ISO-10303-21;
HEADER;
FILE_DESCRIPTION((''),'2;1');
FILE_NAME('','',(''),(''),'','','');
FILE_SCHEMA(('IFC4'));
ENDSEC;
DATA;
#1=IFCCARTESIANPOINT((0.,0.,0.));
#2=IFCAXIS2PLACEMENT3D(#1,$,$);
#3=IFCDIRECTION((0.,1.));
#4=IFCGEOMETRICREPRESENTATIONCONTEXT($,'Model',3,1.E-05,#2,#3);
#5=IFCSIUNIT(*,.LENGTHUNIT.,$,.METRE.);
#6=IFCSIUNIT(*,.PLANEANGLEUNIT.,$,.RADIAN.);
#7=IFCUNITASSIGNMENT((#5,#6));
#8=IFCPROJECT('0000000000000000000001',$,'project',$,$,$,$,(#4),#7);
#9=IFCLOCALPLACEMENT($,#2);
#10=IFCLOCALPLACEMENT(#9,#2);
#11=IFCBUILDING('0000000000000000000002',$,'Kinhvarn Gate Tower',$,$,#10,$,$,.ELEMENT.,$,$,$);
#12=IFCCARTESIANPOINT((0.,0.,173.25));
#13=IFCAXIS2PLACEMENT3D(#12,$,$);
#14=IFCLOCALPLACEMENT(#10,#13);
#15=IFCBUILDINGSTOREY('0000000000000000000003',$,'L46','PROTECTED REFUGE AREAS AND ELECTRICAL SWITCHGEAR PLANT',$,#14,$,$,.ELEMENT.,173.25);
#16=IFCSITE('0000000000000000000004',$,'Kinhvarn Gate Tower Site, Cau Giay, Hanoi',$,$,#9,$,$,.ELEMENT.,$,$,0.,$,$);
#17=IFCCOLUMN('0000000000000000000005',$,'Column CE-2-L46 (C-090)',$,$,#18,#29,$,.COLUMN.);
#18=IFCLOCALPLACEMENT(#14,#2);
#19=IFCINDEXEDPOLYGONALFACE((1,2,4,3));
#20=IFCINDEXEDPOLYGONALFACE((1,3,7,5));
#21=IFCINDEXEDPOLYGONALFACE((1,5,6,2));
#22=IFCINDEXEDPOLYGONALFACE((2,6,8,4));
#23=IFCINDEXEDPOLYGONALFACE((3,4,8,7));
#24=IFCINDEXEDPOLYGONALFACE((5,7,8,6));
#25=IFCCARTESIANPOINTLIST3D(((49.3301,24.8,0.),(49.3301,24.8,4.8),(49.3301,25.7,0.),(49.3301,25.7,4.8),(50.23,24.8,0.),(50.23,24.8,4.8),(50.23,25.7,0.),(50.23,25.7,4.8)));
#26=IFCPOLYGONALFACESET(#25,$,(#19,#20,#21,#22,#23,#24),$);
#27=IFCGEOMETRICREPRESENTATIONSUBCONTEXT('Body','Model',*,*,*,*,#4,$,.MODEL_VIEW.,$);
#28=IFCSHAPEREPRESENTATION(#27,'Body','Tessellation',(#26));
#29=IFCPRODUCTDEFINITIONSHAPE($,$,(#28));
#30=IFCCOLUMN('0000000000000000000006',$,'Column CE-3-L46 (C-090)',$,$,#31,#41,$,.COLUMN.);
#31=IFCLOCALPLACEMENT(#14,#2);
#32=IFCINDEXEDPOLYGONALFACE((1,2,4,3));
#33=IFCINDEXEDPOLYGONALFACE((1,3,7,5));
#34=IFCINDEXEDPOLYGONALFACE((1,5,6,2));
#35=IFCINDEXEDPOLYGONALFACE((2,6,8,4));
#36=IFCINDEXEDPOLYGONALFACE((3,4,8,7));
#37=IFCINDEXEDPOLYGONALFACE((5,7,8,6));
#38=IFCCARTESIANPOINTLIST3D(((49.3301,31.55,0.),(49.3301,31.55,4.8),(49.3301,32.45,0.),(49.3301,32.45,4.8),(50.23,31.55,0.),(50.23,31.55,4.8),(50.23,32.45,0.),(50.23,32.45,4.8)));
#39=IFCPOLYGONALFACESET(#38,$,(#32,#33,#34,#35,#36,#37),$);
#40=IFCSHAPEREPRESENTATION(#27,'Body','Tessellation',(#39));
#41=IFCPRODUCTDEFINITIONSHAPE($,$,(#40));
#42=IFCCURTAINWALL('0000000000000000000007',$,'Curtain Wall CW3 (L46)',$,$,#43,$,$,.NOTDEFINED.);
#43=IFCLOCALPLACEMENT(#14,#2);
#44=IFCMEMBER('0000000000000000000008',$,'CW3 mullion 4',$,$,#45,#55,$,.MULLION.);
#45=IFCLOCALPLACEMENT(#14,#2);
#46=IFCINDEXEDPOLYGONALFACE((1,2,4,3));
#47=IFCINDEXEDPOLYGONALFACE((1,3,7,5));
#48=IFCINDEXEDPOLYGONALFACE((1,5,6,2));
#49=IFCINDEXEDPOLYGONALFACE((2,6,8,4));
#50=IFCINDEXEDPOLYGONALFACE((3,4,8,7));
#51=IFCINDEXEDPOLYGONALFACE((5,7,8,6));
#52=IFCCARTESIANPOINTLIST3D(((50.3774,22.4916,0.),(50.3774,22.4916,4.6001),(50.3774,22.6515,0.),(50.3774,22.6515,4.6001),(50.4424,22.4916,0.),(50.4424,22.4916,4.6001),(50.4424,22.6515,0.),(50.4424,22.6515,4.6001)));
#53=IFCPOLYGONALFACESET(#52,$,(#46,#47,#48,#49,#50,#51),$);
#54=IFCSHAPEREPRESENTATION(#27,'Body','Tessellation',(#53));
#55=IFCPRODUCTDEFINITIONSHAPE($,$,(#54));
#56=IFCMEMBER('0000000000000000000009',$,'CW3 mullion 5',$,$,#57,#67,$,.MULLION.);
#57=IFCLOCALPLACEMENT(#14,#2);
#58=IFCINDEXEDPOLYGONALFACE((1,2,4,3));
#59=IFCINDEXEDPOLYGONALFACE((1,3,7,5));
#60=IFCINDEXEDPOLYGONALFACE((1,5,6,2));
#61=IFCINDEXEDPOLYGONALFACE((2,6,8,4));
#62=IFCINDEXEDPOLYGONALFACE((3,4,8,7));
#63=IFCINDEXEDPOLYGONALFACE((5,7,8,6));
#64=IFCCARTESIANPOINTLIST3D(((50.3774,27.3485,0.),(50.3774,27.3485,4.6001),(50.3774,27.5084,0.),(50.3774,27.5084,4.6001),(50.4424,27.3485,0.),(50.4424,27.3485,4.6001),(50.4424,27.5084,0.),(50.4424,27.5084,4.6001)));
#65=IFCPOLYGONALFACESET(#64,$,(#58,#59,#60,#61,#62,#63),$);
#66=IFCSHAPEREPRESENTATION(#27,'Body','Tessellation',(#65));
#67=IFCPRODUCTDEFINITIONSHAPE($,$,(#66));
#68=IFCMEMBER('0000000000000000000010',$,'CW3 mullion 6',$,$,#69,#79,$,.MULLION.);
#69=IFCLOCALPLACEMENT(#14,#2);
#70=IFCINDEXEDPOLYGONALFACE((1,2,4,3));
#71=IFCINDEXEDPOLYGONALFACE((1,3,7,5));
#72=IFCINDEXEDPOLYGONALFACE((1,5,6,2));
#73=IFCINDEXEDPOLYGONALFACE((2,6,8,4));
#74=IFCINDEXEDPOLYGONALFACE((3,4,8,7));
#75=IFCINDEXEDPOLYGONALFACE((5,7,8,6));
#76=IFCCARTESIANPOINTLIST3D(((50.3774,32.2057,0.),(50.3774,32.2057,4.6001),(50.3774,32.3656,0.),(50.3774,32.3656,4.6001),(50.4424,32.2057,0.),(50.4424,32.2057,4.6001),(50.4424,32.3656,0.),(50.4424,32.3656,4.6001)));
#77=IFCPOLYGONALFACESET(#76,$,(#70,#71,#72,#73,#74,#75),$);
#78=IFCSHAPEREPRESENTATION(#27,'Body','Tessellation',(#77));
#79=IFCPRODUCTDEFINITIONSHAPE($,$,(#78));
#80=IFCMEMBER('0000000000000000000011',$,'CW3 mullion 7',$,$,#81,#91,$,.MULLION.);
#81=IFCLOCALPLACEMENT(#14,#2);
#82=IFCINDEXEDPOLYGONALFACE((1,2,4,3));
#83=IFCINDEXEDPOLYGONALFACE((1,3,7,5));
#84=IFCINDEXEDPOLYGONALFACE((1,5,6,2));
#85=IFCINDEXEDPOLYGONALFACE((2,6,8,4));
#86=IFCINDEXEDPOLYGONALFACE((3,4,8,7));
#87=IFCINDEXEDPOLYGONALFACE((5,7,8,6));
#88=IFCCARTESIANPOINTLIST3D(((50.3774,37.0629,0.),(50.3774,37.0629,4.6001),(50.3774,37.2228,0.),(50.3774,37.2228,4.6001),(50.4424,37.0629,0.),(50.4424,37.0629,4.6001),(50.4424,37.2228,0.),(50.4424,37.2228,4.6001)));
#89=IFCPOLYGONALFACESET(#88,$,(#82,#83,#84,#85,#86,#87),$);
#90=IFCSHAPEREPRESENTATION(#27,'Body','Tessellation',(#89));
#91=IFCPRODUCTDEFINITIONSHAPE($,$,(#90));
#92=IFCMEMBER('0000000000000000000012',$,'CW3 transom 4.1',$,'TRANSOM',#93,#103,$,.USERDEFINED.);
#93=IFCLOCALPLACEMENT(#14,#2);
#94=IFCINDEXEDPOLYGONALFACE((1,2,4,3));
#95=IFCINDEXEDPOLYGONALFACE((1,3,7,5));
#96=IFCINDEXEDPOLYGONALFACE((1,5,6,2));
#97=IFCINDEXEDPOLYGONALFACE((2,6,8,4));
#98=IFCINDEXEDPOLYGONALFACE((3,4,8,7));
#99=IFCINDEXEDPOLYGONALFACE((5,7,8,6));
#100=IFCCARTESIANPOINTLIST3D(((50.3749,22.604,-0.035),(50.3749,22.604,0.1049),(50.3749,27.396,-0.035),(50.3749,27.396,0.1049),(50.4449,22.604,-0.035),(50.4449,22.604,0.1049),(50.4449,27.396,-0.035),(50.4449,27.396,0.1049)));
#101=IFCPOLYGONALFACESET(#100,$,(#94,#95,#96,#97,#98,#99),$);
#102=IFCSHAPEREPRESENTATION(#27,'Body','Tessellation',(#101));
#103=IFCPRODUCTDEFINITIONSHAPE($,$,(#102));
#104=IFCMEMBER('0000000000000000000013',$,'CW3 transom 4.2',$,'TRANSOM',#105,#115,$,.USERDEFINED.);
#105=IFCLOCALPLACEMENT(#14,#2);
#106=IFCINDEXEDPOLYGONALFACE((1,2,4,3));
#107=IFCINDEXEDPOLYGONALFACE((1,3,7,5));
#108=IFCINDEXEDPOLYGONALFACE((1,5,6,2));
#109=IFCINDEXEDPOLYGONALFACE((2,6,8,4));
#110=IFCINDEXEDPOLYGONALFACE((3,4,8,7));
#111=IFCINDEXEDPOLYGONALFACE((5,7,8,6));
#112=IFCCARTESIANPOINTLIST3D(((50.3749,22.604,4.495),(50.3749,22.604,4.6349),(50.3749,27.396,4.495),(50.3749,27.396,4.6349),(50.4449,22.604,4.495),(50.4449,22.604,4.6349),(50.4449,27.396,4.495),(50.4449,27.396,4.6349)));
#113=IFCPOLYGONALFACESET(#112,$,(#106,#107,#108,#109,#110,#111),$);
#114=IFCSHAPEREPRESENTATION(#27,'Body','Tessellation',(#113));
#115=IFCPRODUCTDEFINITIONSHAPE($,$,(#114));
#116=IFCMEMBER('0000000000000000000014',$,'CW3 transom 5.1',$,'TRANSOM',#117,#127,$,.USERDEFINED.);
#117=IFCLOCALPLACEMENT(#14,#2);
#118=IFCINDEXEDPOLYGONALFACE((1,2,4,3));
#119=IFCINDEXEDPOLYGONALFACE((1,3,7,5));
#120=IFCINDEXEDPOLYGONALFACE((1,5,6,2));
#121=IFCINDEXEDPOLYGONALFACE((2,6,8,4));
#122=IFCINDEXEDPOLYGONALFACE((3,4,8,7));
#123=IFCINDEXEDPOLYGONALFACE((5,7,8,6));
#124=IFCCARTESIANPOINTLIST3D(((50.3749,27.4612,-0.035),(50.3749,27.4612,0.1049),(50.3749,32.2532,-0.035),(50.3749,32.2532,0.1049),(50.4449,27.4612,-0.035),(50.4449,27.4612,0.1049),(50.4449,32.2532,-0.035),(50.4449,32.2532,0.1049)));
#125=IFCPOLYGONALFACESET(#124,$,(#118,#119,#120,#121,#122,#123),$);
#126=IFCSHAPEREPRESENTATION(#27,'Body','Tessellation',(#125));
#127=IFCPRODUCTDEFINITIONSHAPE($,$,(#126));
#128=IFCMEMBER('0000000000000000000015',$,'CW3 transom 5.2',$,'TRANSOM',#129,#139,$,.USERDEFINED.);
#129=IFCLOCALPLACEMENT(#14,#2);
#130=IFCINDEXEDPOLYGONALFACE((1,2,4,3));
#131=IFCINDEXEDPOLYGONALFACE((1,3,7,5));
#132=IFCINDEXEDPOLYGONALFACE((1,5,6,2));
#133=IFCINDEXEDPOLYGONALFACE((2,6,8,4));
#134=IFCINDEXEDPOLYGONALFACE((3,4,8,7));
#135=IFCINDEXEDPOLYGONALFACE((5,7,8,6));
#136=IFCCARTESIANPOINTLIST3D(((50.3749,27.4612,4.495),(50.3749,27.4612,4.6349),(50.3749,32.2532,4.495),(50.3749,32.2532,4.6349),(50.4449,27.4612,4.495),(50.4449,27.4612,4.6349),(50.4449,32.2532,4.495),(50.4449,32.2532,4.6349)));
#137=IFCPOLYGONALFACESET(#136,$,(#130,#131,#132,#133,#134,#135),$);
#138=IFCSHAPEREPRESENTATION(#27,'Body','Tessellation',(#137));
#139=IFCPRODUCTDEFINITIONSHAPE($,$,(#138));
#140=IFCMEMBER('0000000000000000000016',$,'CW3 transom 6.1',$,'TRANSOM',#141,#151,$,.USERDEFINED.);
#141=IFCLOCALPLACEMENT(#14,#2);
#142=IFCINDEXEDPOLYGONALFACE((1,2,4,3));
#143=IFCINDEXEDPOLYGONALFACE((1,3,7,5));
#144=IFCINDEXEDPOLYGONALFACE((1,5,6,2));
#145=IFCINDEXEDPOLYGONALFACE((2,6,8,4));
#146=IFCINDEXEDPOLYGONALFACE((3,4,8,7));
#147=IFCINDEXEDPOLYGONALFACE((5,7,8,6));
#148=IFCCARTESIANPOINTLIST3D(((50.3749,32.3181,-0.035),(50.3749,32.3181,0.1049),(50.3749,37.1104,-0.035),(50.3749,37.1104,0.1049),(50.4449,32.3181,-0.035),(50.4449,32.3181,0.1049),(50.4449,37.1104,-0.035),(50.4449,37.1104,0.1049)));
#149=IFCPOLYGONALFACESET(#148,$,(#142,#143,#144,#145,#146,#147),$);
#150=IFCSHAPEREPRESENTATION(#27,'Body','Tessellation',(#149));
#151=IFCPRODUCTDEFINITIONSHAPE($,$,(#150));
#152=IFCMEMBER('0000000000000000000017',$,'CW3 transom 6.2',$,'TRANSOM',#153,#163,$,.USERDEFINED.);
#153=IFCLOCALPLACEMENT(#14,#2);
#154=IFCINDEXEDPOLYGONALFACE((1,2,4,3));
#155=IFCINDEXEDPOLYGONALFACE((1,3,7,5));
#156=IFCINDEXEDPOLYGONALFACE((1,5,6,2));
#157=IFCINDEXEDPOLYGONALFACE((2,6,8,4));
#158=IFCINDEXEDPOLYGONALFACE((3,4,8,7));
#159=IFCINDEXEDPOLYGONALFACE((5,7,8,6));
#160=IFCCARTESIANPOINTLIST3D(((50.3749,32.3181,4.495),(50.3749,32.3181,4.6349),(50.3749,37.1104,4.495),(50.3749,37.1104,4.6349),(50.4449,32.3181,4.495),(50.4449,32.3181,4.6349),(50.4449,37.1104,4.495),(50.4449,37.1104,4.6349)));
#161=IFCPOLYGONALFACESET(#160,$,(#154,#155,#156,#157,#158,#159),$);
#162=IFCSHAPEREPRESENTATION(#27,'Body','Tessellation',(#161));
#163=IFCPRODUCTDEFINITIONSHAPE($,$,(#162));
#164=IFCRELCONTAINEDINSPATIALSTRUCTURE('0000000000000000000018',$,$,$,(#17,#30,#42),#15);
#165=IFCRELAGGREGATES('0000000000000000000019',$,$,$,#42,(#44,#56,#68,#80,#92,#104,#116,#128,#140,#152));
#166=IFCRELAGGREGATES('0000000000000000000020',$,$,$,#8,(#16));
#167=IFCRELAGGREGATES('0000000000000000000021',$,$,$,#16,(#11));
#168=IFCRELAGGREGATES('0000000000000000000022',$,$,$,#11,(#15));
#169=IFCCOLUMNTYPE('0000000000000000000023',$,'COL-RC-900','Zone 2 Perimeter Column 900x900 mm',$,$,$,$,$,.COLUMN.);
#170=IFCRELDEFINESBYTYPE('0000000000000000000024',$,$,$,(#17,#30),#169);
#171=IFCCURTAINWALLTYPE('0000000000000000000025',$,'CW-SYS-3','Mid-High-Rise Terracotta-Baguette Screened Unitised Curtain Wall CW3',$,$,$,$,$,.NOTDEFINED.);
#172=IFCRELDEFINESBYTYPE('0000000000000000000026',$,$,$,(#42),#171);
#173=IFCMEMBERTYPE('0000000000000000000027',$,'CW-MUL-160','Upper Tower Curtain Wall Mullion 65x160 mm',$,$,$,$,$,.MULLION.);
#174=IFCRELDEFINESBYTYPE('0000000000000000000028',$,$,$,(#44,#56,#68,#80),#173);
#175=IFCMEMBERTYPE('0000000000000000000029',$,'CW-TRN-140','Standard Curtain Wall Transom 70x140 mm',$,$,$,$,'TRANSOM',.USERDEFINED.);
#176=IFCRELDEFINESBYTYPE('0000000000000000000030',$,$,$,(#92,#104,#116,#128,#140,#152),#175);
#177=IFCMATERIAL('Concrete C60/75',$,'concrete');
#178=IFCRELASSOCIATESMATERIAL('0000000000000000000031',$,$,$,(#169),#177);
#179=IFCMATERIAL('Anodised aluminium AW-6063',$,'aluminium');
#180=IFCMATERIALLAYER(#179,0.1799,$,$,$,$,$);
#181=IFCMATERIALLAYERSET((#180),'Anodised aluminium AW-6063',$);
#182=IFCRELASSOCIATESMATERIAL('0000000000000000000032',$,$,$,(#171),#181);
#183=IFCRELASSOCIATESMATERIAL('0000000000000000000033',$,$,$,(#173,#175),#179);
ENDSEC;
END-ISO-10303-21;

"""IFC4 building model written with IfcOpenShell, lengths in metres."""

from ifc_helpers import new_model, si_unit, direction, frame, origin, origin_2d, place, context, subcontext, project, spatial, rectangle, extrude, material, layer, layer_set, material_profile, profile_set, type_object, element, aggregate, save


model = new_model("IFC4")

# Units and contexts
model_context = context("Model", 3, precision=1e-05, world=origin(), true_north=direction((0.0, 1.0)))
body_context = subcontext(model_context, "Body", "Model", "MODEL_VIEW")
ifc_project = project(units=[si_unit("LENGTHUNIT", "METRE"), si_unit("PLANEANGLEUNIT", "RADIAN")], contexts=[model_context])

# Site, building, storey
site_placement = place(None, origin())
site = spatial("IfcSite", under=ifc_project, at=site_placement, Name="Kinhvarn Gate Tower Site, Cau Giay, Hanoi", CompositionType="ELEMENT", RefElevation=0.0)
building_placement = place(site_placement, origin())
building = spatial("IfcBuilding", under=site, at=building_placement, Name="Kinhvarn Gate Tower", CompositionType="ELEMENT")
storey_placement = place(building_placement, frame((0.0, 0.0, 173.25)))
storey = spatial("IfcBuildingStorey", under=building, at=storey_placement, Name="L46", Description="PROTECTED REFUGE AREAS AND ELECTRICAL SWITCHGEAR PLANT", CompositionType="ELEMENT", Elevation=173.25)

# Columns
ifc_material_1 = material(Name="Concrete C60/75", Category="concrete")
ifc_material_profile_1 = material_profile(ifc_material_1, rectangle(XDim=0.8999, YDim=0.8999, at=origin_2d()), Name="RC 900x900")
ifc_profile_set_1 = profile_set([ifc_material_profile_1], Name="Concrete C60/75")
column_type = type_object("IfcColumnType", Name="COL-RC-900", Description="Zone 2 Perimeter Column 900x900 mm", PredefinedType="COLUMN", material=ifc_profile_set_1)
for number, where, z_axis, x_axis, name in (
    (1, (49.78, 25.25, 0.0), (0.0, 0.0, 1.0), (1.0, 0.0, 0.0), "Column CE-2-L46 (C-090)"),
    (2, (49.78, 32.0, 0.0), (0.0, 0.0, 1.0), (1.0, 0.0, 0.0), "Column CE-3-L46 (C-090)"),
):
    element("IfcColumn", number, at=place(storey_placement, frame(where, z_axis=z_axis, x_axis=x_axis)), inside=storey, type_object=column_type, Name=name, PredefinedType="COLUMN", context=body_context, shape_type="SweptSolid", body=[
        extrude(rectangle(XDim=0.8999, YDim=0.8999, at=origin_2d()), origin(), (0.0, 0.0, 1.0), 4.8),
    ])

# Curtain wall, members
ifc_material_2 = material(Name="Anodised aluminium AW-6063", Category="aluminium")
ifc_layer_1 = layer(ifc_material_2, 0.1799)
ifc_layer_set_1 = layer_set([ifc_layer_1], Name="Anodised aluminium AW-6063")
curtain_wall_type = type_object("IfcCurtainWallType", Name="CW-SYS-3", Description="Mid-High-Rise Terracotta-Baguette Screened Unitised Curtain Wall CW3", PredefinedType="NOTDEFINED", material=ifc_layer_set_1)
curtain_wall_placement = place(storey_placement, origin())
curtain_wall = element("IfcCurtainWall", 3, at=curtain_wall_placement, inside=storey, type_object=curtain_wall_type, Name="Curtain Wall CW3 (L46)", PredefinedType="NOTDEFINED")
ifc_material_profile_2 = material_profile(ifc_material_2, rectangle(XDim=0.0649, YDim=0.1599, at=origin_2d()), Name="ALU 65x160")
ifc_profile_set_2 = profile_set([ifc_material_profile_2], Name="Anodised aluminium AW-6063")
member_type_1 = type_object("IfcMemberType", Name="CW-MUL-160", Description="Upper Tower Curtain Wall Mullion 65x160 mm", PredefinedType="MULLION", material=ifc_profile_set_2)
member_1_placement = place(storey_placement, frame((50.4099, 22.5715, 0.0), z_axis=(0.0, 0.0, 1.0), x_axis=(-1.0, 0.0, 0.0)))
member_1 = element("IfcMember", 4, at=member_1_placement, type_object=member_type_1, Name="CW3 mullion 4", PredefinedType="MULLION", context=body_context, shape_type="SweptSolid", body=[
    extrude(rectangle(XDim=0.0649, YDim=0.1599, at=origin_2d()), origin(), (0.0, 0.0, 1.0), 4.6001),
])
member_2_placement = place(storey_placement, frame((50.4099, 27.4285, 0.0), z_axis=(0.0, 0.0, 1.0), x_axis=(-1.0, 0.0, 0.0)))
member_2 = element("IfcMember", 5, at=member_2_placement, type_object=member_type_1, Name="CW3 mullion 5", PredefinedType="MULLION", context=body_context, shape_type="SweptSolid", body=[
    extrude(rectangle(XDim=0.0649, YDim=0.1599, at=origin_2d()), origin(), (0.0, 0.0, 1.0), 4.6001),
])
member_3_placement = place(storey_placement, frame((50.4099, 32.2856, 0.0), z_axis=(0.0, 0.0, 1.0), x_axis=(-1.0, 0.0, 0.0)))
member_3 = element("IfcMember", 6, at=member_3_placement, type_object=member_type_1, Name="CW3 mullion 6", PredefinedType="MULLION", context=body_context, shape_type="SweptSolid", body=[
    extrude(rectangle(XDim=0.0649, YDim=0.1599, at=origin_2d()), origin(), (0.0, 0.0, 1.0), 4.6001),
])
member_4_placement = place(storey_placement, frame((50.4099, 37.1428, 0.0), z_axis=(0.0, 0.0, 1.0), x_axis=(-1.0, 0.0, 0.0)))
member_4 = element("IfcMember", 7, at=member_4_placement, type_object=member_type_1, Name="CW3 mullion 7", PredefinedType="MULLION", context=body_context, shape_type="SweptSolid", body=[
    extrude(rectangle(XDim=0.0649, YDim=0.1599, at=origin_2d()), origin(), (0.0, 0.0, 1.0), 4.6001),
])
ifc_material_profile_3 = material_profile(ifc_material_2, rectangle(XDim=0.0701, YDim=0.1399, at=origin_2d()), Name="ALU 70x140")
ifc_profile_set_3 = profile_set([ifc_material_profile_3], Name="Anodised aluminium AW-6063")
member_type_2 = type_object("IfcMemberType", Name="CW-TRN-140", Description="Standard Curtain Wall Transom 70x140 mm", ElementType="TRANSOM", PredefinedType="USERDEFINED", material=ifc_profile_set_3)
member_5_placement = place(storey_placement, frame((50.4099, 22.604, 0.0349), z_axis=(0.0, 1.0, 0.0), x_axis=(-1.0, 0.0, 0.0)))
member_5 = element("IfcMember", 8, at=member_5_placement, type_object=member_type_2, Name="CW3 transom 4.1", ObjectType="TRANSOM", PredefinedType="USERDEFINED", context=body_context, shape_type="SweptSolid", body=[
    extrude(rectangle(XDim=0.0701, YDim=0.1399, at=origin_2d()), origin(), (0.0, 0.0, 1.0), 4.792),
])
member_6_placement = place(storey_placement, frame((50.4099, 22.604, 4.5649), z_axis=(0.0, 1.0, 0.0), x_axis=(-1.0, 0.0, 0.0)))
member_6 = element("IfcMember", 9, at=member_6_placement, type_object=member_type_2, Name="CW3 transom 4.2", ObjectType="TRANSOM", PredefinedType="USERDEFINED", context=body_context, shape_type="SweptSolid", body=[
    extrude(rectangle(XDim=0.0701, YDim=0.1399, at=origin_2d()), origin(), (0.0, 0.0, 1.0), 4.792),
])
member_7_placement = place(storey_placement, frame((50.4099, 27.4612, 0.0349), z_axis=(0.0, 1.0, 0.0), x_axis=(-1.0, 0.0, 0.0)))
member_7 = element("IfcMember", 10, at=member_7_placement, type_object=member_type_2, Name="CW3 transom 5.1", ObjectType="TRANSOM", PredefinedType="USERDEFINED", context=body_context, shape_type="SweptSolid", body=[
    extrude(rectangle(XDim=0.0701, YDim=0.1399, at=origin_2d()), origin(), (0.0, 0.0, 1.0), 4.792),
])
member_8_placement = place(storey_placement, frame((50.4099, 27.4612, 4.5649), z_axis=(0.0, 1.0, 0.0), x_axis=(-1.0, 0.0, 0.0)))
member_8 = element("IfcMember", 11, at=member_8_placement, type_object=member_type_2, Name="CW3 transom 5.2", ObjectType="TRANSOM", PredefinedType="USERDEFINED", context=body_context, shape_type="SweptSolid", body=[
    extrude(rectangle(XDim=0.0701, YDim=0.1399, at=origin_2d()), origin(), (0.0, 0.0, 1.0), 4.792),
])
member_9_placement = place(storey_placement, frame((50.4099, 32.3181, 0.0349), z_axis=(0.0, 1.0, 0.0), x_axis=(-1.0, 0.0, 0.0)))
member_9 = element("IfcMember", 12, at=member_9_placement, type_object=member_type_2, Name="CW3 transom 6.1", ObjectType="TRANSOM", PredefinedType="USERDEFINED", context=body_context, shape_type="SweptSolid", body=[
    extrude(rectangle(XDim=0.0701, YDim=0.1399, at=origin_2d()), origin(), (0.0, 0.0, 1.0), 4.7922),
])
member_10_placement = place(storey_placement, frame((50.4099, 32.3181, 4.5649), z_axis=(0.0, 1.0, 0.0), x_axis=(-1.0, 0.0, 0.0)))
member_10 = element("IfcMember", 13, at=member_10_placement, type_object=member_type_2, Name="CW3 transom 6.2", ObjectType="TRANSOM", PredefinedType="USERDEFINED", context=body_context, shape_type="SweptSolid", body=[
    extrude(rectangle(XDim=0.0701, YDim=0.1399, at=origin_2d()), origin(), (0.0, 0.0, 1.0), 4.7922),
])

aggregate(curtain_wall, [member_1, member_2, member_3, member_4, member_5, member_6, member_7, member_8, member_9, member_10])

save(model, "model.ifc")
